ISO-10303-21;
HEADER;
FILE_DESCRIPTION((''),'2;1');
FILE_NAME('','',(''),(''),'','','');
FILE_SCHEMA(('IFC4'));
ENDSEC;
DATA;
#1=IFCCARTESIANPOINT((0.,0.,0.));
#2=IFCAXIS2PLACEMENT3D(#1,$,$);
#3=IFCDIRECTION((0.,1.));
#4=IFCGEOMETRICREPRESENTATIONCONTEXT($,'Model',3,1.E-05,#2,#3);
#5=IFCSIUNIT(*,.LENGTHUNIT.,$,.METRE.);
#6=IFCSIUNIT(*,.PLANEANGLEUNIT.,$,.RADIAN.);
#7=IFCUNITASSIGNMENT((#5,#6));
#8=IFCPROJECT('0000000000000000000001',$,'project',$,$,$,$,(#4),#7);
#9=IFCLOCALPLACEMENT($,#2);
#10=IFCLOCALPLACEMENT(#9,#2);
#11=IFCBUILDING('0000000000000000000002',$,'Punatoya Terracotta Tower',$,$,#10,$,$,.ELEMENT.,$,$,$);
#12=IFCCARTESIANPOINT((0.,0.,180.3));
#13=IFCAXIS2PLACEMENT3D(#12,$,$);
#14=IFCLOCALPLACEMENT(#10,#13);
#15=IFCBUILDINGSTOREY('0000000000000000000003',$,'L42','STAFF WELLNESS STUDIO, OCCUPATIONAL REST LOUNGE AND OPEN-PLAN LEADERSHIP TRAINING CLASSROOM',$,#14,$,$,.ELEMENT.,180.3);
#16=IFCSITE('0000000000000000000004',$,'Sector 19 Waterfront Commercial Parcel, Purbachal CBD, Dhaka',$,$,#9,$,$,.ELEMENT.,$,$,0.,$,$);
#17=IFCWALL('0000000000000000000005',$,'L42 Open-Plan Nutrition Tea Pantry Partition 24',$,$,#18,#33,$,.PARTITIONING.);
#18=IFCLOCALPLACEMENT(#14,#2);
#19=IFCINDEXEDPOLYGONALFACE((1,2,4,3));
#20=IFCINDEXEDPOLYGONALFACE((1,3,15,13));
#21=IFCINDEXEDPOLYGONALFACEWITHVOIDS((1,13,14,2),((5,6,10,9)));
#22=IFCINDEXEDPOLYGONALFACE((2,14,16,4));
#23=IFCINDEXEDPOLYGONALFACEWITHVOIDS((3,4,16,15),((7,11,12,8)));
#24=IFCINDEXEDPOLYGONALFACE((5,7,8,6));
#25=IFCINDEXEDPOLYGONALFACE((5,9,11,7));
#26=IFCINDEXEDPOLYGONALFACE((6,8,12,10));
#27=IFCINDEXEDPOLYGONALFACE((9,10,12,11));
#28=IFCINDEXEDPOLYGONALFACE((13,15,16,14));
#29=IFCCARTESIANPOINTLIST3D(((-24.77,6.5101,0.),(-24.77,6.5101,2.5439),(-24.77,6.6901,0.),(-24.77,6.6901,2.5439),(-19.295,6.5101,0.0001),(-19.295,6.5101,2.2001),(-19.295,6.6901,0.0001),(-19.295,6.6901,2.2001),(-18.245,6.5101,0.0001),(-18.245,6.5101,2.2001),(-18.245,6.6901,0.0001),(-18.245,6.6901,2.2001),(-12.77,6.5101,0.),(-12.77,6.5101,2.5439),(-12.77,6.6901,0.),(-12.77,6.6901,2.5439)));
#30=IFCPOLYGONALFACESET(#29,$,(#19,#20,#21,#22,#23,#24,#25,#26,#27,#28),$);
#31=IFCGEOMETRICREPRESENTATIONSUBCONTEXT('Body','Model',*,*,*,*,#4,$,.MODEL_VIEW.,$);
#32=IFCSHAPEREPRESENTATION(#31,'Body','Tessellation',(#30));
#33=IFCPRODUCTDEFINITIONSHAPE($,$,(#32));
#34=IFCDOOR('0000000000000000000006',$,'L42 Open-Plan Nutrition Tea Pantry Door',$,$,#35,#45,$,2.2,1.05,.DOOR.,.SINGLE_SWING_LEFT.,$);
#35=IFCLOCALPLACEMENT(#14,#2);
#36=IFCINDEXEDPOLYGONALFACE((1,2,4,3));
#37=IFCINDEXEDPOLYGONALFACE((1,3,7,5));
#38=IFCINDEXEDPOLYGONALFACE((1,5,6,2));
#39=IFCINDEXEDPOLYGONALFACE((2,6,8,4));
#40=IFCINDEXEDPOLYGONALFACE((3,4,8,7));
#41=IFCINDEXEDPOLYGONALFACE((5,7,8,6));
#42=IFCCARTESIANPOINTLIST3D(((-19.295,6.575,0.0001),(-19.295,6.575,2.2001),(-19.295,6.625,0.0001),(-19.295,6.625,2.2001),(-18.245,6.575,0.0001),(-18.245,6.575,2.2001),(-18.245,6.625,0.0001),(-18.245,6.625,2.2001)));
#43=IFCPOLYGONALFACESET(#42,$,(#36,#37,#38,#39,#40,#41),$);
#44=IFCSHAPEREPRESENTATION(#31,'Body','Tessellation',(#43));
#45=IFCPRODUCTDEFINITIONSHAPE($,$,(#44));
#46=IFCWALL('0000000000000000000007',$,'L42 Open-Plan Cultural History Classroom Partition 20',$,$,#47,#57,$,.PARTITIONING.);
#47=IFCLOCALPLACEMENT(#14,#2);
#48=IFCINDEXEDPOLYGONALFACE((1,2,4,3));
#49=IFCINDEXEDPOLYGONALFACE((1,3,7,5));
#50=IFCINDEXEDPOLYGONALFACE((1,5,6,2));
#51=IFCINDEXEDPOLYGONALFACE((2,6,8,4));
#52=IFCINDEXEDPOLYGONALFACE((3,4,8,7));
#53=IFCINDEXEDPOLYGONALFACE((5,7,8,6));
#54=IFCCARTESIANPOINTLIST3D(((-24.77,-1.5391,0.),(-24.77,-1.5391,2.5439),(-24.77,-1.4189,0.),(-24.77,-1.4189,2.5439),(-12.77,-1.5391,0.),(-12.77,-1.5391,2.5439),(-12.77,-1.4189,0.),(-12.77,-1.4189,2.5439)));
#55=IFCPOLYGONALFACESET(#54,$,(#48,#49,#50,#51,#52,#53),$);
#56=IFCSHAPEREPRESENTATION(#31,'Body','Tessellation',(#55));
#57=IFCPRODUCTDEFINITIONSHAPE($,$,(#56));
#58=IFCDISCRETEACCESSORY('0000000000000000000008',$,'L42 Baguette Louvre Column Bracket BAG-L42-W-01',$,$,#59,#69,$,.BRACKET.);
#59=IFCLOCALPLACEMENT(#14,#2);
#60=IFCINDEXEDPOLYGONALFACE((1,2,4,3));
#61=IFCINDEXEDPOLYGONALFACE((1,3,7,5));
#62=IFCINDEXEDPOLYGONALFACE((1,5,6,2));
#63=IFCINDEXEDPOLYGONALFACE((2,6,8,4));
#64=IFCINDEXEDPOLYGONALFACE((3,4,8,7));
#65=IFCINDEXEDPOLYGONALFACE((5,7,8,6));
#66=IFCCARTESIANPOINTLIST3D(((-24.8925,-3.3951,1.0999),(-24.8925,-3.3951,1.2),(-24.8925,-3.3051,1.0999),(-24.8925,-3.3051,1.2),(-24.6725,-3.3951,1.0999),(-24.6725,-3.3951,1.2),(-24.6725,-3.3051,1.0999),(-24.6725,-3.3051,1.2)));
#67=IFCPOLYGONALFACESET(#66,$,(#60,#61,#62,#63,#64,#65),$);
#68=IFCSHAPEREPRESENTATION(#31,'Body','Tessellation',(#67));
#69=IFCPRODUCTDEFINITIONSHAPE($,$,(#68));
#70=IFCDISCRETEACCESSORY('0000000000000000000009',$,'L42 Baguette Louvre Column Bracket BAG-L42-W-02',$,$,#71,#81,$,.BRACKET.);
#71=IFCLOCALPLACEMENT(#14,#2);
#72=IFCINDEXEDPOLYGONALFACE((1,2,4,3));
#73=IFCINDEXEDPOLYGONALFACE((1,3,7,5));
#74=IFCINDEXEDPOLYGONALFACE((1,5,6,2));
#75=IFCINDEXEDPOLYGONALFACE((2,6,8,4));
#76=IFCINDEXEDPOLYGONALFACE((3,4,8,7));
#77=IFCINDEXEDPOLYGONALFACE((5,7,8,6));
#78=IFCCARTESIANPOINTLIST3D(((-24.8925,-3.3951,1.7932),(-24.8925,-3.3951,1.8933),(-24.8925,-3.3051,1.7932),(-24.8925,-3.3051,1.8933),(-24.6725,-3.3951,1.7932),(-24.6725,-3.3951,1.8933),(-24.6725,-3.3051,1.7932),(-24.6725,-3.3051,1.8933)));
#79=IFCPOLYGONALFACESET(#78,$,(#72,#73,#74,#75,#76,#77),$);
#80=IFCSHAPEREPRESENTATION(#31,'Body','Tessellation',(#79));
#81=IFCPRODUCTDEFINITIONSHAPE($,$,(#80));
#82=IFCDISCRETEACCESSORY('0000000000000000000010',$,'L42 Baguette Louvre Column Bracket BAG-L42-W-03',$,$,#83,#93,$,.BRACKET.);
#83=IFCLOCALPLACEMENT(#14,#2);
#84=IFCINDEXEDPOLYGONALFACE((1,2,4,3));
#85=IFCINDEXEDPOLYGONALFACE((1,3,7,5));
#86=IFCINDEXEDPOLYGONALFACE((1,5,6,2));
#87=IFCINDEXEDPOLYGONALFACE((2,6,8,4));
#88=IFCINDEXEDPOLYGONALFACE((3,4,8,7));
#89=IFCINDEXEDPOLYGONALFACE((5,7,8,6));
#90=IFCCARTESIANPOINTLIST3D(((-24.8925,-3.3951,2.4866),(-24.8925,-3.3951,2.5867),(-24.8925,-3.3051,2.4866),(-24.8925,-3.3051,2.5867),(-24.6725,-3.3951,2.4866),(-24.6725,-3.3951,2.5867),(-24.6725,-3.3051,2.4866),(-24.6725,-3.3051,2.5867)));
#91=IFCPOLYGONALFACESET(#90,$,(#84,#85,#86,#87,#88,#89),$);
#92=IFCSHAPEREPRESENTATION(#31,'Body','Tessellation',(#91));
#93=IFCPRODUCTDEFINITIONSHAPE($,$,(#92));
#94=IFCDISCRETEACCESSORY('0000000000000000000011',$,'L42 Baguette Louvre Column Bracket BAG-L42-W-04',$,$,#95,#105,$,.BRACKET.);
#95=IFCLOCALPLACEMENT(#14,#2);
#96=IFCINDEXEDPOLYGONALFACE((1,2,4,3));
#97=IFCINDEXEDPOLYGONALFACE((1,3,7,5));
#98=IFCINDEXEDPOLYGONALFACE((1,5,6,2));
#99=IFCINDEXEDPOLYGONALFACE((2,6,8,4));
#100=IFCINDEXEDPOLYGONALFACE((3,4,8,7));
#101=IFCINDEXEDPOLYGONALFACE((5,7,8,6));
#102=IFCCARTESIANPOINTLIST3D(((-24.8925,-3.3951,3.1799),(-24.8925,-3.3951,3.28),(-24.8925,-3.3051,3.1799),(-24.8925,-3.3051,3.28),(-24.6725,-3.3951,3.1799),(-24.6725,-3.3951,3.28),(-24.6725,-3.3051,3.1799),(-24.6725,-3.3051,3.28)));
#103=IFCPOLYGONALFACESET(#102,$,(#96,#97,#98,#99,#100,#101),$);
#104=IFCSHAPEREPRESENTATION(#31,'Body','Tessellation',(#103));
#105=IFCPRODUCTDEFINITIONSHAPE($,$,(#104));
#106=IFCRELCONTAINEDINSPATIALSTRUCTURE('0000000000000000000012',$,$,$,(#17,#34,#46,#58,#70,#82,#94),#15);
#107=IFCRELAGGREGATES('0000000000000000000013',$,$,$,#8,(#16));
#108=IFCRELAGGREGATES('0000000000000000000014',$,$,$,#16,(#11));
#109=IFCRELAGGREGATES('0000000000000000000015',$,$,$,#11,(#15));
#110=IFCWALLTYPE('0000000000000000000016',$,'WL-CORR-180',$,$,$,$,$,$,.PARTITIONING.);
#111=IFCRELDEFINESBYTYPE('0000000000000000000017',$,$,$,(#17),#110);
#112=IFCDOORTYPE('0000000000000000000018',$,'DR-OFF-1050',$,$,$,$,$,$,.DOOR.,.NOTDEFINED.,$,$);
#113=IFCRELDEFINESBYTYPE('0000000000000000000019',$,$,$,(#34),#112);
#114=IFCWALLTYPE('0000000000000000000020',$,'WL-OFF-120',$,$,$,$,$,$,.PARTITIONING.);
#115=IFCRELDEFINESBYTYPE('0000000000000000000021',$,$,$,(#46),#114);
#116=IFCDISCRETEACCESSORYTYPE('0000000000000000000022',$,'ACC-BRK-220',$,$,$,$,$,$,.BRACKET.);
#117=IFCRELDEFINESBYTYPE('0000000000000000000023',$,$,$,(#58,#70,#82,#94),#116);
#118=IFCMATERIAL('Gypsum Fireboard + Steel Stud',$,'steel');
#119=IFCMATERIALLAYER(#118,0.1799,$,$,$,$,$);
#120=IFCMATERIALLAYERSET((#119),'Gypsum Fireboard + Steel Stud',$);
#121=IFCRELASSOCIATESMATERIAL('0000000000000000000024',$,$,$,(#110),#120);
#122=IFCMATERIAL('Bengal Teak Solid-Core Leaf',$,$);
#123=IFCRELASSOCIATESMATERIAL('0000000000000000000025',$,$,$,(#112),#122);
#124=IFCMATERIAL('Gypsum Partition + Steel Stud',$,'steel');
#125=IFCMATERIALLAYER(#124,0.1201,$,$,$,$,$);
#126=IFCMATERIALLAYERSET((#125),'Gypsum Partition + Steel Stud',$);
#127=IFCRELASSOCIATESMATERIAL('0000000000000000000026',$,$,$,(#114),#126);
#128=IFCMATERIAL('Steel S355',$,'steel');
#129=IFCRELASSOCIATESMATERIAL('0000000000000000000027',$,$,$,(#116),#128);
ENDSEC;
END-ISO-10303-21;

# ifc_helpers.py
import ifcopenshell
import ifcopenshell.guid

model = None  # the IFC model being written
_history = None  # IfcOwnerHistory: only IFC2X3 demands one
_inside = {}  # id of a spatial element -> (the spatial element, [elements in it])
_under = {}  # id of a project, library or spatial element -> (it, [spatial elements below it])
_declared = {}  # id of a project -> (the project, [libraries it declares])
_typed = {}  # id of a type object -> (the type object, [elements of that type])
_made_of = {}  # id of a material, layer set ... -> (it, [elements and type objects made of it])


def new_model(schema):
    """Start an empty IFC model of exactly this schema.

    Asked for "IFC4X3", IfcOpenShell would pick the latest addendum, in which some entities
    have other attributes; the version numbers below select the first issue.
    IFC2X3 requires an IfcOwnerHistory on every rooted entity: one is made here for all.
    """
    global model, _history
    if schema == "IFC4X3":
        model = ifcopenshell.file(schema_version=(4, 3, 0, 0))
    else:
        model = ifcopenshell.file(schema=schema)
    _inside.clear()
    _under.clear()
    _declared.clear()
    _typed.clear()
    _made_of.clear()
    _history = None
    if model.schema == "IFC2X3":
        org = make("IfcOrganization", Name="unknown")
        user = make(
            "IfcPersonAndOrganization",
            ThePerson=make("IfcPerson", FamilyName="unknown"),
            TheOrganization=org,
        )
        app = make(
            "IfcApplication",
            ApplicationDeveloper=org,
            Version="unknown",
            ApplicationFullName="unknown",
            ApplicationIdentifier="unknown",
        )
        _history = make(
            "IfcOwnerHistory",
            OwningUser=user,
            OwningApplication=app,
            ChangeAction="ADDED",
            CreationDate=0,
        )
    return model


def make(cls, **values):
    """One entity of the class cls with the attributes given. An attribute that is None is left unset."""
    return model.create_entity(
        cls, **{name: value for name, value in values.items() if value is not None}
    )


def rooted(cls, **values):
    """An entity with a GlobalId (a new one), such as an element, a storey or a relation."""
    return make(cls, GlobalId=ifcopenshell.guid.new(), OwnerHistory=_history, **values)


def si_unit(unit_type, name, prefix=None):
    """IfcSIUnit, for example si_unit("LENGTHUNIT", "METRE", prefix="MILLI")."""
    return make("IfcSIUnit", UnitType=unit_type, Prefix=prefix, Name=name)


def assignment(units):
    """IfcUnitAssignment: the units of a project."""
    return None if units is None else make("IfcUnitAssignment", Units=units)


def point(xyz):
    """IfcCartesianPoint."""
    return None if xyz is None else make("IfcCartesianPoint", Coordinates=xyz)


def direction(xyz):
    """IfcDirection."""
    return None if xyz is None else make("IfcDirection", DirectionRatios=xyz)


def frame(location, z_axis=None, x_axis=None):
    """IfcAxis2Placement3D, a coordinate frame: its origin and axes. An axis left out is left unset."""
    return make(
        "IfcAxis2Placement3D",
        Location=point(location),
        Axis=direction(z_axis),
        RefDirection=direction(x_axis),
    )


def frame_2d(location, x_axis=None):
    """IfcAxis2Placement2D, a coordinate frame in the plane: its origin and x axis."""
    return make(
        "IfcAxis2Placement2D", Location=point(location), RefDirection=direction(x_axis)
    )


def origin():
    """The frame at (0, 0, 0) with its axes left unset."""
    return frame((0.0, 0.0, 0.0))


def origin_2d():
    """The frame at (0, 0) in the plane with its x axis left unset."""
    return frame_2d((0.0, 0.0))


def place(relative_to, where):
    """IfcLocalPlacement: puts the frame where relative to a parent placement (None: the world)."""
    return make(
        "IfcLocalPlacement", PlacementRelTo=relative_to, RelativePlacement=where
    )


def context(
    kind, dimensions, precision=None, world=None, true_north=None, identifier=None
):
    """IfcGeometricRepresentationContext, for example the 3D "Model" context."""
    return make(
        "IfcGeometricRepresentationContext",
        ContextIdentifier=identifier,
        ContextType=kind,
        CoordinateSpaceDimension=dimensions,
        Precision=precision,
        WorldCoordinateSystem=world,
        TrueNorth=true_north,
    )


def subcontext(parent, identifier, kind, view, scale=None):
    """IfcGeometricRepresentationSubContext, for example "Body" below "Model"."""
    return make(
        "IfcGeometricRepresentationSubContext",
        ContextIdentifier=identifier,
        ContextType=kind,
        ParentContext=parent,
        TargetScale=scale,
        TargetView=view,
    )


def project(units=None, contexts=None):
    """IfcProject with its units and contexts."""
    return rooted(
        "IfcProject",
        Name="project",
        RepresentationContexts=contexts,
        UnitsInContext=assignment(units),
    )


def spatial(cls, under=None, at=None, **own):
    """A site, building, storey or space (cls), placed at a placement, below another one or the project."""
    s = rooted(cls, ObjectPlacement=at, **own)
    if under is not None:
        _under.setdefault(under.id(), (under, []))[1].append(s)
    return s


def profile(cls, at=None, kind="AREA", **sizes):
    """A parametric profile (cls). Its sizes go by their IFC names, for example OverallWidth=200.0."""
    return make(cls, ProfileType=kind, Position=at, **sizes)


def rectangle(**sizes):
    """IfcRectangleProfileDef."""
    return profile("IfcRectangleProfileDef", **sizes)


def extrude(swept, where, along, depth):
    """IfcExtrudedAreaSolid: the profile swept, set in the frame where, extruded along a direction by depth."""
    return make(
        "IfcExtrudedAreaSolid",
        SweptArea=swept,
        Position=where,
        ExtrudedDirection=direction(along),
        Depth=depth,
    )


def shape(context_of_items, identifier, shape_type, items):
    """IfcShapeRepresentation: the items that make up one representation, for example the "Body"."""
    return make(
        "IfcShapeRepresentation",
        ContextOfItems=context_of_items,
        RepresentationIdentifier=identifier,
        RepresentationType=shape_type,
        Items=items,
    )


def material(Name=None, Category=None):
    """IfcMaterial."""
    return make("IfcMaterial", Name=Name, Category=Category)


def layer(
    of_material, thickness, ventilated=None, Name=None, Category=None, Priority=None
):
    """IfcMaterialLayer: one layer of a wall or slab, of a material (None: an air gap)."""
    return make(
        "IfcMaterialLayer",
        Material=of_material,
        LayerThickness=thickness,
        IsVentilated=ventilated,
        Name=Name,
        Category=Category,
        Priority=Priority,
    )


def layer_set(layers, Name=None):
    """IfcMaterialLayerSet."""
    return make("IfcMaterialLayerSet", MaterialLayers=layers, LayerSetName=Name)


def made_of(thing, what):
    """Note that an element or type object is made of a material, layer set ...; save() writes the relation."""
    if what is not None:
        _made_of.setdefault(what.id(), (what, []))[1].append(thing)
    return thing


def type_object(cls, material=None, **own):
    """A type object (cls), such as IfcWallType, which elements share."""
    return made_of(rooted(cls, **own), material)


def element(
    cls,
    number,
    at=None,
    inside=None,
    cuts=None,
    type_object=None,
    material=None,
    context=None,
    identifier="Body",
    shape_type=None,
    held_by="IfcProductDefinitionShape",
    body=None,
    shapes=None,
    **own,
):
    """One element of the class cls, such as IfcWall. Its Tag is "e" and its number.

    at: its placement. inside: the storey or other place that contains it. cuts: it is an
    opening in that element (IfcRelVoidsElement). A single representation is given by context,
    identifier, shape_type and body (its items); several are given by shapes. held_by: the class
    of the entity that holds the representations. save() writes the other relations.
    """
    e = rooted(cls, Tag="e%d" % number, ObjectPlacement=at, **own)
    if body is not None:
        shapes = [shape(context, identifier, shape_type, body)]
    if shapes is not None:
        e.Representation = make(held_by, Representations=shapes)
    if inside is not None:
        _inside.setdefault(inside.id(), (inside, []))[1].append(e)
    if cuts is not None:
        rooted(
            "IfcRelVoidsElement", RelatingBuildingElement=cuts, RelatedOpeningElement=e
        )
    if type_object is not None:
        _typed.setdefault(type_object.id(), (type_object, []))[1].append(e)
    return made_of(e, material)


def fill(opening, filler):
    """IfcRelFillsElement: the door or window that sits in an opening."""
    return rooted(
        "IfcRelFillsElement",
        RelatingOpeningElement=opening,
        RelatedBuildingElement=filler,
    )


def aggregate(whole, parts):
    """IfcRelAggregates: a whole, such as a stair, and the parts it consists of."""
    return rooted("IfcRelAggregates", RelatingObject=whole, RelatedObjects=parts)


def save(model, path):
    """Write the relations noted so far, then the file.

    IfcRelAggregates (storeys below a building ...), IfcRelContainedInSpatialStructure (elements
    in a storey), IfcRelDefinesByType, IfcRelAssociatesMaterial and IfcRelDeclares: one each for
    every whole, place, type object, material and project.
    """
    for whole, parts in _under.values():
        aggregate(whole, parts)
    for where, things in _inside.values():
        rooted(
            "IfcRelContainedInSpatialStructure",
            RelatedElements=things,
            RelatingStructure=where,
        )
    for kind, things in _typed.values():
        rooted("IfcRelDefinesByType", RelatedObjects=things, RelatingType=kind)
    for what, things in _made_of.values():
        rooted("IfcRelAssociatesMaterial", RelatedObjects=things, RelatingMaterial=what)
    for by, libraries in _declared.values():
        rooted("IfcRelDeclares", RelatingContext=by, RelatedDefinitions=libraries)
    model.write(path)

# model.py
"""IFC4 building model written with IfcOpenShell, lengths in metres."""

from ifc_helpers import new_model, si_unit, direction, frame, frame_2d, origin, origin_2d, place, context, subcontext, project, spatial, rectangle, extrude, material, layer, layer_set, type_object, element, fill, save


model = new_model("IFC4")

# Units and contexts
model_context = context("Model", 3, precision=1e-05, world=origin(), true_north=direction((0.0, 1.0)))
body_context = subcontext(model_context, "Body", "Model", "MODEL_VIEW")
ifc_project = project(units=[si_unit("LENGTHUNIT", "METRE"), si_unit("PLANEANGLEUNIT", "RADIAN")], contexts=[model_context])

# Site, building, storey
site_placement = place(None, origin())
site = spatial("IfcSite", under=ifc_project, at=site_placement, Name="Sector 19 Waterfront Commercial Parcel, Purbachal CBD, Dhaka", CompositionType="ELEMENT", RefElevation=0.0)
building_placement = place(site_placement, origin())
building = spatial("IfcBuilding", under=site, at=building_placement, Name="Punatoya Terracotta Tower", CompositionType="ELEMENT")
storey_placement = place(building_placement, frame((0.0, 0.0, 180.3)))
storey = spatial("IfcBuildingStorey", under=building, at=storey_placement, Name="L42", Description="STAFF WELLNESS STUDIO, OCCUPATIONAL REST LOUNGE AND OPEN-PLAN LEADERSHIP TRAINING CLASSROOM", CompositionType="ELEMENT", Elevation=180.3)

# Shared definitions
ifc_material_1 = material(Name="Steel S355", Category="steel")

# Wall, opening, door
ifc_material_2 = material(Name="Gypsum Fireboard + Steel Stud", Category="steel")
ifc_layer_1 = layer(ifc_material_2, 0.1799)
ifc_layer_set_1 = layer_set([ifc_layer_1], Name="Gypsum Fireboard + Steel Stud")
wall_type_1 = type_object("IfcWallType", Name="WL-CORR-180", PredefinedType="PARTITIONING", material=ifc_layer_set_1)
wall_1_placement = place(storey_placement, frame((-24.77, 6.6001, 0.0), z_axis=(0.0, 0.0, 1.0), x_axis=(1.0, 0.0, 0.0)))
wall_1 = element("IfcWall", 1, at=wall_1_placement, inside=storey, type_object=wall_type_1, Name="L42 Open-Plan Nutrition Tea Pantry Partition 24", PredefinedType="PARTITIONING", context=body_context, shape_type="SweptSolid", body=[
    extrude(rectangle(XDim=12.0, YDim=0.1799, at=frame_2d((6.0, 0.0))), origin(), (0.0, 0.0, 1.0), 2.5439),
])
opening_placement = place(wall_1_placement, frame((5.4751, 0.0, 0.0)))
opening = element("IfcOpeningElement", 2, at=opening_placement, cuts=wall_1, PredefinedType="OPENING", context=body_context, shape_type="SweptSolid", body=[
    extrude(rectangle(XDim=1.05, YDim=2.2, at=frame_2d((0.5249, 1.1001))), frame((0.0, 0.0999, 0.0), z_axis=(0.0, -1.0, 0.0), x_axis=(1.0, 0.0, 0.0)), (0.0, 0.0, 1.0), 0.2),
])
ifc_material_3 = material(Name="Bengal Teak Solid-Core Leaf")
door_type = type_object("IfcDoorType", Name="DR-OFF-1050", OperationType="NOTDEFINED", PredefinedType="DOOR", material=ifc_material_3)
door_placement = place(opening_placement, origin())
door = element("IfcDoor", 3, at=door_placement, inside=storey, type_object=door_type, Name="L42 Open-Plan Nutrition Tea Pantry Door", OperationType="SINGLE_SWING_LEFT", OverallHeight=2.2, OverallWidth=1.05, PredefinedType="DOOR", context=body_context, shape_type="SweptSolid", body=[
    extrude(rectangle(XDim=1.05, YDim=2.2, at=frame_2d((0.5249, 1.1001))), frame((0.0, 0.0249, 0.0), z_axis=(0.0, -1.0, 0.0), x_axis=(1.0, 0.0, 0.0)), (0.0, 0.0, 1.0), 0.05),
])
fill(opening, door)

# Wall
ifc_material_4 = material(Name="Gypsum Partition + Steel Stud", Category="steel")
ifc_layer_2 = layer(ifc_material_4, 0.1201)
ifc_layer_set_2 = layer_set([ifc_layer_2], Name="Gypsum Partition + Steel Stud")
wall_type_2 = type_object("IfcWallType", Name="WL-OFF-120", PredefinedType="PARTITIONING", material=ifc_layer_set_2)
wall_2_placement = place(storey_placement, frame((-24.77, -1.479, 0.0), z_axis=(0.0, 0.0, 1.0), x_axis=(1.0, 0.0, 0.0)))
element("IfcWall", 4, at=wall_2_placement, inside=storey, type_object=wall_type_2, Name="L42 Open-Plan Cultural History Classroom Partition 20", PredefinedType="PARTITIONING", context=body_context, shape_type="SweptSolid", body=[
    extrude(rectangle(XDim=12.0, YDim=0.1201, at=frame_2d((6.0, 0.0))), origin(), (0.0, 0.0, 1.0), 2.5439),
])

# Discrete accessories
discrete_accessory_type = type_object("IfcDiscreteAccessoryType", Name="ACC-BRK-220", PredefinedType="BRACKET", material=ifc_material_1)
for number, where, z_axis, x_axis, name in (
    (5, (-24.7825, -3.3501, 1.0999), (0.0, 0.0, 1.0), (0.0, 1.0, 0.0), "L42 Baguette Louvre Column Bracket BAG-L42-W-01"),
    (6, (-24.7825, -3.3501, 1.7932), (0.0, 0.0, 1.0), (0.0, 1.0, 0.0), "L42 Baguette Louvre Column Bracket BAG-L42-W-02"),
    (7, (-24.7825, -3.3501, 2.4866), (0.0, 0.0, 1.0), (0.0, 1.0, 0.0), "L42 Baguette Louvre Column Bracket BAG-L42-W-03"),
    (8, (-24.7825, -3.3501, 3.1799), (0.0, 0.0, 1.0), (0.0, 1.0, 0.0), "L42 Baguette Louvre Column Bracket BAG-L42-W-04"),
):
    element("IfcDiscreteAccessory", number, at=place(storey_placement, frame(where, z_axis=z_axis, x_axis=x_axis)), inside=storey, type_object=discrete_accessory_type, Name=name, PredefinedType="BRACKET", context=body_context, shape_type="SweptSolid", body=[
        extrude(rectangle(XDim=0.0901, YDim=0.22, at=origin_2d()), origin(), (0.0, 0.0, 1.0), 0.1001),
    ])

save(model, "model.ifc")
